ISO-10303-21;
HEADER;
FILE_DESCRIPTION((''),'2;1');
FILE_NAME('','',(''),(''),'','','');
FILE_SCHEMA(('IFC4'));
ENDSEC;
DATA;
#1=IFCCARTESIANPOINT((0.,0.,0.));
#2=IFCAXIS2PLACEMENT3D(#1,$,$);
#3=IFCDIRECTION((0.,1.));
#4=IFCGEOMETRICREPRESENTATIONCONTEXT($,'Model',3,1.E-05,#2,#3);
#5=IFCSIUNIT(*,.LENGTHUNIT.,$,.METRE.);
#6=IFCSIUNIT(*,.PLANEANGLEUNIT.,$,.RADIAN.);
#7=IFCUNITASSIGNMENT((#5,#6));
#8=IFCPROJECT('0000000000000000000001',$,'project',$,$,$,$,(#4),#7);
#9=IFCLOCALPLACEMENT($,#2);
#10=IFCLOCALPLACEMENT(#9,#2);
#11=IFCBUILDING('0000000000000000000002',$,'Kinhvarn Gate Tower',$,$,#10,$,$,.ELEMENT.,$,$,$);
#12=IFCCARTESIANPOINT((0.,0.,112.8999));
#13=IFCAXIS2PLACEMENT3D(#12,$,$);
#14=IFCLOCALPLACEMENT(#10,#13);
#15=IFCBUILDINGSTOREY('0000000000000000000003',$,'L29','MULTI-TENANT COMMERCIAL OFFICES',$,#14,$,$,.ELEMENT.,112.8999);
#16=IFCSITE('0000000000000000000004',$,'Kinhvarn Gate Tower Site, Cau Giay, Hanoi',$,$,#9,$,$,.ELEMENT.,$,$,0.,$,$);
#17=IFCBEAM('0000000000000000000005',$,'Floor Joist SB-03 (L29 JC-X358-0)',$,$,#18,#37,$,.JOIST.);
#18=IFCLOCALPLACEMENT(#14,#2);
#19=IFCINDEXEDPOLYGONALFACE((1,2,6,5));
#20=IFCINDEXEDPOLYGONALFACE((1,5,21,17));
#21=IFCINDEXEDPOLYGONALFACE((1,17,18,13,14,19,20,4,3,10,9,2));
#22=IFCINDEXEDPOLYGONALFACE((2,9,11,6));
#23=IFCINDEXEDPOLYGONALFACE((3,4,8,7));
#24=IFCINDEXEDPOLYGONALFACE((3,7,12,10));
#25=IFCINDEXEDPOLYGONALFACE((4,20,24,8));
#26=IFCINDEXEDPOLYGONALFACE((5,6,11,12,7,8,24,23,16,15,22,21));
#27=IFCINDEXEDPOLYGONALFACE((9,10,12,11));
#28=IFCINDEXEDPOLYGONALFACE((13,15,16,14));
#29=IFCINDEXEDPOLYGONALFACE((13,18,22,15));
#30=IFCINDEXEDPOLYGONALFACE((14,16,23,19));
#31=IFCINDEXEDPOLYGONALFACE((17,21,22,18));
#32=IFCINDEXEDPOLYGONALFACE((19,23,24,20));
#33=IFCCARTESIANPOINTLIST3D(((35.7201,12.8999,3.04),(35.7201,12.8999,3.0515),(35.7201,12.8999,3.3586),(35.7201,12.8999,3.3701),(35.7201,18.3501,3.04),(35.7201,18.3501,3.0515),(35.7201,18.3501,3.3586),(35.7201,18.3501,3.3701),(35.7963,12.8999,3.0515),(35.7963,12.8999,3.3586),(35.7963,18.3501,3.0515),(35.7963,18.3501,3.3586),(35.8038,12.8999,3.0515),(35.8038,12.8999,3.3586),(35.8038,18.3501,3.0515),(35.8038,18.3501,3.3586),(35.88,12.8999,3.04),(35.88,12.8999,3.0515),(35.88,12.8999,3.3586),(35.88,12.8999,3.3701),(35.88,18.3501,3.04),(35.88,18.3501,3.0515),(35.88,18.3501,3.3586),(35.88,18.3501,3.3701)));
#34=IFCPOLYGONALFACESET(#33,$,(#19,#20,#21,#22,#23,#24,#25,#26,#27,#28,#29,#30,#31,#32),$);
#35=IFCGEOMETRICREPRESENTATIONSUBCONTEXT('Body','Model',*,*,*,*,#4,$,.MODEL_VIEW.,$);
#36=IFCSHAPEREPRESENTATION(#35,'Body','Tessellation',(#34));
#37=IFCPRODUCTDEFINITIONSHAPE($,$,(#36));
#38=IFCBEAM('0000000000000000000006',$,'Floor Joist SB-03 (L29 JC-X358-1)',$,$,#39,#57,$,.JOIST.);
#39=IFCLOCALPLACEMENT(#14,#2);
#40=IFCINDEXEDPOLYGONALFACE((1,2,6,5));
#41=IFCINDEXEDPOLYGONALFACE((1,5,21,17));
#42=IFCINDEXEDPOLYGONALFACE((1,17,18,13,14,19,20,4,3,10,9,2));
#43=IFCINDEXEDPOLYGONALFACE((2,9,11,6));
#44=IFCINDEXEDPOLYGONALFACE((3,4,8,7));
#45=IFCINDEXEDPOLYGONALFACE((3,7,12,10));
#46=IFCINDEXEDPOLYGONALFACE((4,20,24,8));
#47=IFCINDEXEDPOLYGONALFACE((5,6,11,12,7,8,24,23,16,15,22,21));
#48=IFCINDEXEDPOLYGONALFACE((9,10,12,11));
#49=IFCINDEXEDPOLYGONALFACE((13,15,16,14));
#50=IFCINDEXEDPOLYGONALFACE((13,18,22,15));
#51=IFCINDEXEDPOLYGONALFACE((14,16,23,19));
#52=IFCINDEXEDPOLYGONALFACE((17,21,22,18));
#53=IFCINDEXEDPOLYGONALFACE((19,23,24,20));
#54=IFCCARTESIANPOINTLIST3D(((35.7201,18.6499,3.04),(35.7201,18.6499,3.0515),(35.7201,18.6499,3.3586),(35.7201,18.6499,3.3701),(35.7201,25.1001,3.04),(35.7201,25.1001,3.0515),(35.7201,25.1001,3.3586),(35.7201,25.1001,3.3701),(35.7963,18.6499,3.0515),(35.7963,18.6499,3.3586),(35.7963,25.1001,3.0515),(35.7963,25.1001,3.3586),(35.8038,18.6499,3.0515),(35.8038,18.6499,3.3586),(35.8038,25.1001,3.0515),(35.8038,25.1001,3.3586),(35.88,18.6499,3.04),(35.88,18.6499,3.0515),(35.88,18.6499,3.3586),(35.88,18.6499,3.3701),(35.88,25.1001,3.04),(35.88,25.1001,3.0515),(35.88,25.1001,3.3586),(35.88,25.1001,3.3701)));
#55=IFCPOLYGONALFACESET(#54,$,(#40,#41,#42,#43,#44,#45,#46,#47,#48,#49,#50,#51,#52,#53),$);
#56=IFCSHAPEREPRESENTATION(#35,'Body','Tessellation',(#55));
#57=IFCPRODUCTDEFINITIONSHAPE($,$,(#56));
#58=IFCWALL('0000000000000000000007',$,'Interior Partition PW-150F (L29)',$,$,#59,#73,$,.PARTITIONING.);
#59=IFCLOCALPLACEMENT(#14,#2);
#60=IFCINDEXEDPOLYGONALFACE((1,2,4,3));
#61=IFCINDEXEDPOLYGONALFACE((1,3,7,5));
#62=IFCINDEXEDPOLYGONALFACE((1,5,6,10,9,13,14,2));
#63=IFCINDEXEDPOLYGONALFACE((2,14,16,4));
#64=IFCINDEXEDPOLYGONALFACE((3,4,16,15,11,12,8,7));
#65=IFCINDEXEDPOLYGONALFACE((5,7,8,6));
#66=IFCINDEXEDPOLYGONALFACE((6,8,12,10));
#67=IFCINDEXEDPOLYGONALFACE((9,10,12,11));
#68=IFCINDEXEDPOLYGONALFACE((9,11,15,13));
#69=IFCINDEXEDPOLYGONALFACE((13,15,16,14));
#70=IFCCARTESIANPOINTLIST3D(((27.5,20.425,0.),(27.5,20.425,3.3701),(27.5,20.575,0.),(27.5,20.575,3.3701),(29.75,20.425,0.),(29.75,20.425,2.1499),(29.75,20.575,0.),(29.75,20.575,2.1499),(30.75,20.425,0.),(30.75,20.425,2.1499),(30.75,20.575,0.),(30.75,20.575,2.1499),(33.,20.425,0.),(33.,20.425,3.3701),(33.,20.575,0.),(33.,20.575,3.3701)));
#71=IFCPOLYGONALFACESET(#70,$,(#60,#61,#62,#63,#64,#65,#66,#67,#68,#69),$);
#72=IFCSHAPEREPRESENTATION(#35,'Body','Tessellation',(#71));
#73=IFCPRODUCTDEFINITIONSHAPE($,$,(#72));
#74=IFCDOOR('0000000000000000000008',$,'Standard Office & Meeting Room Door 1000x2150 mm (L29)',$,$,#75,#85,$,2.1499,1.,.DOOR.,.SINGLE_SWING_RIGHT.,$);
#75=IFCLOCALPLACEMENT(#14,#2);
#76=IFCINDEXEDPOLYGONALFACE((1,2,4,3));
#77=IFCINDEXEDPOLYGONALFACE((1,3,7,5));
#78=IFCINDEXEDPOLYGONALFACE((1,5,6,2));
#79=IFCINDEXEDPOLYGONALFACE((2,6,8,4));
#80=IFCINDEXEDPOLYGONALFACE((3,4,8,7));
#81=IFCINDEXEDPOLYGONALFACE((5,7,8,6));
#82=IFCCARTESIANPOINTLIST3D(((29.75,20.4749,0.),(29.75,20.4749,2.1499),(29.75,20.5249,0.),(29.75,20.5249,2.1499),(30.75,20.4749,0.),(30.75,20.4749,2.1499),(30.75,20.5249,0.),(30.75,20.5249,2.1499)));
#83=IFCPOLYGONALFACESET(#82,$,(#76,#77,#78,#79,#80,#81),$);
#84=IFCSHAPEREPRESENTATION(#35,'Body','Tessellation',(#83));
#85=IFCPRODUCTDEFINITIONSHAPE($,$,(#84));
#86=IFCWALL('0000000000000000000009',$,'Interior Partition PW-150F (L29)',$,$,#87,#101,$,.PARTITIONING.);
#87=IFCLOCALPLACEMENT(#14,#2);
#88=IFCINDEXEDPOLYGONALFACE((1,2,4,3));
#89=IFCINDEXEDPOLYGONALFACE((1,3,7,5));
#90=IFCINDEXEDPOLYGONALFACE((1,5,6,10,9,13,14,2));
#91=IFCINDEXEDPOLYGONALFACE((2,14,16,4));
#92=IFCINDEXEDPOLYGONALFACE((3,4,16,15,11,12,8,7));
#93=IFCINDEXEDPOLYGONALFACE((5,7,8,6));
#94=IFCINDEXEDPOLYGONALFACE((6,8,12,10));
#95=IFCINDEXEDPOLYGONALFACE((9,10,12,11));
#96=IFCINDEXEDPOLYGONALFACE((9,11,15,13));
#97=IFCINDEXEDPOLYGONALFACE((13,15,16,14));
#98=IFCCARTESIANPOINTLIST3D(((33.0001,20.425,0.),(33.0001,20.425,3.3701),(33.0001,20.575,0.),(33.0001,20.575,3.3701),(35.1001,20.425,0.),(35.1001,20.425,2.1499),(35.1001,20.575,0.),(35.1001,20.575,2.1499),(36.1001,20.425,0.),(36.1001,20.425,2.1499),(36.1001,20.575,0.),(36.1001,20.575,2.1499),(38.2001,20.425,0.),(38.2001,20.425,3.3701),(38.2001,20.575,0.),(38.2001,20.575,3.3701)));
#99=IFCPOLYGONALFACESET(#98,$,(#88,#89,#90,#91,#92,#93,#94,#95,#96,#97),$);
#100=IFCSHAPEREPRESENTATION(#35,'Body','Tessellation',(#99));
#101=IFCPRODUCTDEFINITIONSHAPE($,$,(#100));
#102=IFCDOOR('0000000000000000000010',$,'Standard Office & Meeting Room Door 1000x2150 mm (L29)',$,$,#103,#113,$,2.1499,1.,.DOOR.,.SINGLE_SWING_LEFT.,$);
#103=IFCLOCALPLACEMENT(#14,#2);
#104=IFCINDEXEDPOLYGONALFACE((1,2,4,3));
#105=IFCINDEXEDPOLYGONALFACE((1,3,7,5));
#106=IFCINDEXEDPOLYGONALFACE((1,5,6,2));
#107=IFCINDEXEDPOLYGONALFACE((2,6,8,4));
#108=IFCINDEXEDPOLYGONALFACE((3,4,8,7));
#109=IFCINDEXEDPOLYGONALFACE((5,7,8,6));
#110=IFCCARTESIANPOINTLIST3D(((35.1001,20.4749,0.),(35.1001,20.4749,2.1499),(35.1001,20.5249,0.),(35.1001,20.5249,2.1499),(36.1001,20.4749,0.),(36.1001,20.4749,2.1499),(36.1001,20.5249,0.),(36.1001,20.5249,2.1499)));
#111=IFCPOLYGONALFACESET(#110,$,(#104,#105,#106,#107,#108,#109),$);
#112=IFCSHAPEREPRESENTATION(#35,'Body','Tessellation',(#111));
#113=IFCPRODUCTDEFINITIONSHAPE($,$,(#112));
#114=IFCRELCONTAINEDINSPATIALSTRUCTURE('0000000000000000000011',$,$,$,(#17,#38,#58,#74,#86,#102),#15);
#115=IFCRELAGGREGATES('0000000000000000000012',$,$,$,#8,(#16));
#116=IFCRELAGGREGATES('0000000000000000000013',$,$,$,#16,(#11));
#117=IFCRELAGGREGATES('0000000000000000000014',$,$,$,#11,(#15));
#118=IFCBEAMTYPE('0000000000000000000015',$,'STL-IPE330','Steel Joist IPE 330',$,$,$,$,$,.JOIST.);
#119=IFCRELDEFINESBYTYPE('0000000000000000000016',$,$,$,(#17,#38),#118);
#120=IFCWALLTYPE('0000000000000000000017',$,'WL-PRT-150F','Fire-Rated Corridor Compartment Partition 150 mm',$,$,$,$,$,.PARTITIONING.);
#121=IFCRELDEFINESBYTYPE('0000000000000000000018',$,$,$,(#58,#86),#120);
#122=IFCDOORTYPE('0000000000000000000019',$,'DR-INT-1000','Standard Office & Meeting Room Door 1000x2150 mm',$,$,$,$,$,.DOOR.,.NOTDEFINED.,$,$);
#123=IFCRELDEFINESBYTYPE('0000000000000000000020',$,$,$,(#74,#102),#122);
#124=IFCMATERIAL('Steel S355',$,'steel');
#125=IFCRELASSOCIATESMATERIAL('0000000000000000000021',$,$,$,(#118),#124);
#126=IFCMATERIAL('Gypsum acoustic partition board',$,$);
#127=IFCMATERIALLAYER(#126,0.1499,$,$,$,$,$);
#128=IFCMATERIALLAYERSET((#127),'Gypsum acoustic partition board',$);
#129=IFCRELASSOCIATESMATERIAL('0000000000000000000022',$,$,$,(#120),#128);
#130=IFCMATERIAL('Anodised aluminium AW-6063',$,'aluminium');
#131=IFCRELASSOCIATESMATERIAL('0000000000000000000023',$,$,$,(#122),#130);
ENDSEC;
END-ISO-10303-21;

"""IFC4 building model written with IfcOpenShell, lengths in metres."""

from ifc_helpers import new_model, si_unit, direction, frame, frame_2d, origin, origin_2d, place, context, subcontext, project, spatial, rectangle, i_section, extrude, material, layer, layer_set, material_profile, profile_set, type_object, element, fill, save


model = new_model("IFC4")

# Units and contexts
model_context = context("Model", 3, precision=1e-05, world=origin(), true_north=direction((0.0, 1.0)))
body_context = subcontext(model_context, "Body", "Model", "MODEL_VIEW")
ifc_project = project(units=[si_unit("LENGTHUNIT", "METRE"), si_unit("PLANEANGLEUNIT", "RADIAN")], contexts=[model_context])

# Site, building, storey
site_placement = place(None, origin())
site = spatial("IfcSite", under=ifc_project, at=site_placement, Name="Kinhvarn Gate Tower Site, Cau Giay, Hanoi", CompositionType="ELEMENT", RefElevation=0.0)
building_placement = place(site_placement, origin())
building = spatial("IfcBuilding", under=site, at=building_placement, Name="Kinhvarn Gate Tower", CompositionType="ELEMENT")
storey_placement = place(building_placement, frame((0.0, 0.0, 112.8999)))
storey = spatial("IfcBuildingStorey", under=building, at=storey_placement, Name="L29", Description="MULTI-TENANT COMMERCIAL OFFICES", CompositionType="ELEMENT", Elevation=112.8999)

# Beams
ifc_material_1 = material(Name="Steel S355", Category="steel")
ifc_material_profile_1 = material_profile(ifc_material_1, i_section(OverallWidth=0.1599, OverallDepth=0.3301, WebThickness=0.0076, FlangeThickness=0.0115, at=origin_2d()), Name="IPE 330")
ifc_profile_set_1 = profile_set([ifc_material_profile_1], Name="Steel S355")
beam_type_1 = type_object("IfcBeamType", Name="STL-IPE330", Description="Steel Joist IPE 330", PredefinedType="JOIST", material=ifc_profile_set_1)
beam_1_placement = place(storey_placement, frame((35.8, 12.8999, 3.2051), z_axis=(0.0, 1.0, 0.0), x_axis=(-1.0, 0.0, 0.0)))
element("IfcBeam", 1, at=beam_1_placement, inside=storey, type_object=beam_type_1, Name="Floor Joist SB-03 (L29 JC-X358-0)", PredefinedType="JOIST", context=body_context, shape_type="SweptSolid", body=[
    extrude(i_section(OverallWidth=0.1599, OverallDepth=0.3301, WebThickness=0.0076, FlangeThickness=0.0115, at=origin_2d()), origin(), (0.0, 0.0, 1.0), 5.4502),
])
beam_2_placement = place(storey_placement, frame((35.8, 18.6499, 3.2051), z_axis=(0.0, 1.0, 0.0), x_axis=(-1.0, 0.0, 0.0)))
element("IfcBeam", 2, at=beam_2_placement, inside=storey, type_object=beam_type_1, Name="Floor Joist SB-03 (L29 JC-X358-1)", PredefinedType="JOIST", context=body_context, shape_type="SweptSolid", body=[
    extrude(i_section(OverallWidth=0.1599, OverallDepth=0.3301, WebThickness=0.0076, FlangeThickness=0.0115, at=origin_2d()), origin(), (0.0, 0.0, 1.0), 6.4502),
])

# Walls, openings, doors
ifc_material_2 = material(Name="Gypsum acoustic partition board")
ifc_layer = layer(ifc_material_2, 0.1499)
ifc_layer_set = layer_set([ifc_layer], Name="Gypsum acoustic partition board")
wall_type = type_object("IfcWallType", Name="WL-PRT-150F", Description="Fire-Rated Corridor Compartment Partition 150 mm", PredefinedType="PARTITIONING", material=ifc_layer_set)
wall_1_placement = place(storey_placement, frame((27.5, 20.5, 0.0), z_axis=(0.0, 0.0, 1.0), x_axis=(1.0, 0.0, 0.0)))
wall_1 = element("IfcWall", 3, at=wall_1_placement, inside=storey, type_object=wall_type, Name="Interior Partition PW-150F (L29)", PredefinedType="PARTITIONING", context=body_context, shape_type="SweptSolid", body=[
    extrude(rectangle(XDim=5.5, YDim=0.1499, at=frame_2d((2.75, 0.0))), origin(), (0.0, 0.0, 1.0), 3.3701),
])
opening_1_placement = place(wall_1_placement, frame((2.25, 0.0, 0.0)))
opening_1 = element("IfcOpeningElement", 4, at=opening_1_placement, cuts=wall_1, PredefinedType="OPENING", context=body_context, shape_type="SweptSolid", body=[
    extrude(rectangle(XDim=1.0, YDim=2.1499, at=frame_2d((0.5, 1.075))), frame((0.0, 0.085, 0.0), z_axis=(0.0, -1.0, 0.0), x_axis=(1.0, 0.0, 0.0)), (0.0, 0.0, 1.0), 0.1699),
])
ifc_material_3 = material(Name="Anodised aluminium AW-6063", Category="aluminium")
door_type = type_object("IfcDoorType", Name="DR-INT-1000", Description="Standard Office & Meeting Room Door 1000x2150 mm", OperationType="NOTDEFINED", PredefinedType="DOOR", material=ifc_material_3)
door_1_placement = place(opening_1_placement, origin())
door_1 = element("IfcDoor", 5, at=door_1_placement, inside=storey, type_object=door_type, Name="Standard Office & Meeting Room Door 1000x2150 mm (L29)", OperationType="SINGLE_SWING_RIGHT", OverallHeight=2.1499, OverallWidth=1.0, PredefinedType="DOOR", context=body_context, shape_type="SweptSolid", body=[
    extrude(rectangle(XDim=1.0, YDim=2.1499, at=frame_2d((0.5, 1.075))), frame((0.0, 0.0249, 0.0), z_axis=(0.0, -1.0, 0.0), x_axis=(1.0, 0.0, 0.0)), (0.0, 0.0, 1.0), 0.05),
])
fill(opening_1, door_1)
wall_2_placement = place(storey_placement, frame((33.0, 20.5, 0.0), z_axis=(0.0, 0.0, 1.0), x_axis=(1.0, 0.0, 0.0)))
wall_2 = element("IfcWall", 6, at=wall_2_placement, inside=storey, type_object=wall_type, Name="Interior Partition PW-150F (L29)", PredefinedType="PARTITIONING", context=body_context, shape_type="SweptSolid", body=[
    extrude(rectangle(XDim=5.2, YDim=0.1499, at=frame_2d((2.6001, 0.0))), origin(), (0.0, 0.0, 1.0), 3.3701),
])
opening_2_placement = place(wall_2_placement, frame((2.1001, 0.0, 0.0)))
opening_2 = element("IfcOpeningElement", 7, at=opening_2_placement, cuts=wall_2, PredefinedType="OPENING", context=body_context, shape_type="SweptSolid", body=[
    extrude(rectangle(XDim=1.0, YDim=2.1499, at=frame_2d((0.5, 1.075))), frame((0.0, 0.085, 0.0), z_axis=(0.0, -1.0, 0.0), x_axis=(1.0, 0.0, 0.0)), (0.0, 0.0, 1.0), 0.1699),
])
door_2_placement = place(opening_2_placement, origin())
door_2 = element("IfcDoor", 8, at=door_2_placement, inside=storey, type_object=door_type, Name="Standard Office & Meeting Room Door 1000x2150 mm (L29)", OperationType="SINGLE_SWING_LEFT", OverallHeight=2.1499, OverallWidth=1.0, PredefinedType="DOOR", context=body_context, shape_type="SweptSolid", body=[
    extrude(rectangle(XDim=1.0, YDim=2.1499, at=frame_2d((0.5, 1.075))), frame((0.0, 0.0249, 0.0), z_axis=(0.0, -1.0, 0.0), x_axis=(1.0, 0.0, 0.0)), (0.0, 0.0, 1.0), 0.05),
])
fill(opening_2, door_2)

save(model, "model.ifc")
